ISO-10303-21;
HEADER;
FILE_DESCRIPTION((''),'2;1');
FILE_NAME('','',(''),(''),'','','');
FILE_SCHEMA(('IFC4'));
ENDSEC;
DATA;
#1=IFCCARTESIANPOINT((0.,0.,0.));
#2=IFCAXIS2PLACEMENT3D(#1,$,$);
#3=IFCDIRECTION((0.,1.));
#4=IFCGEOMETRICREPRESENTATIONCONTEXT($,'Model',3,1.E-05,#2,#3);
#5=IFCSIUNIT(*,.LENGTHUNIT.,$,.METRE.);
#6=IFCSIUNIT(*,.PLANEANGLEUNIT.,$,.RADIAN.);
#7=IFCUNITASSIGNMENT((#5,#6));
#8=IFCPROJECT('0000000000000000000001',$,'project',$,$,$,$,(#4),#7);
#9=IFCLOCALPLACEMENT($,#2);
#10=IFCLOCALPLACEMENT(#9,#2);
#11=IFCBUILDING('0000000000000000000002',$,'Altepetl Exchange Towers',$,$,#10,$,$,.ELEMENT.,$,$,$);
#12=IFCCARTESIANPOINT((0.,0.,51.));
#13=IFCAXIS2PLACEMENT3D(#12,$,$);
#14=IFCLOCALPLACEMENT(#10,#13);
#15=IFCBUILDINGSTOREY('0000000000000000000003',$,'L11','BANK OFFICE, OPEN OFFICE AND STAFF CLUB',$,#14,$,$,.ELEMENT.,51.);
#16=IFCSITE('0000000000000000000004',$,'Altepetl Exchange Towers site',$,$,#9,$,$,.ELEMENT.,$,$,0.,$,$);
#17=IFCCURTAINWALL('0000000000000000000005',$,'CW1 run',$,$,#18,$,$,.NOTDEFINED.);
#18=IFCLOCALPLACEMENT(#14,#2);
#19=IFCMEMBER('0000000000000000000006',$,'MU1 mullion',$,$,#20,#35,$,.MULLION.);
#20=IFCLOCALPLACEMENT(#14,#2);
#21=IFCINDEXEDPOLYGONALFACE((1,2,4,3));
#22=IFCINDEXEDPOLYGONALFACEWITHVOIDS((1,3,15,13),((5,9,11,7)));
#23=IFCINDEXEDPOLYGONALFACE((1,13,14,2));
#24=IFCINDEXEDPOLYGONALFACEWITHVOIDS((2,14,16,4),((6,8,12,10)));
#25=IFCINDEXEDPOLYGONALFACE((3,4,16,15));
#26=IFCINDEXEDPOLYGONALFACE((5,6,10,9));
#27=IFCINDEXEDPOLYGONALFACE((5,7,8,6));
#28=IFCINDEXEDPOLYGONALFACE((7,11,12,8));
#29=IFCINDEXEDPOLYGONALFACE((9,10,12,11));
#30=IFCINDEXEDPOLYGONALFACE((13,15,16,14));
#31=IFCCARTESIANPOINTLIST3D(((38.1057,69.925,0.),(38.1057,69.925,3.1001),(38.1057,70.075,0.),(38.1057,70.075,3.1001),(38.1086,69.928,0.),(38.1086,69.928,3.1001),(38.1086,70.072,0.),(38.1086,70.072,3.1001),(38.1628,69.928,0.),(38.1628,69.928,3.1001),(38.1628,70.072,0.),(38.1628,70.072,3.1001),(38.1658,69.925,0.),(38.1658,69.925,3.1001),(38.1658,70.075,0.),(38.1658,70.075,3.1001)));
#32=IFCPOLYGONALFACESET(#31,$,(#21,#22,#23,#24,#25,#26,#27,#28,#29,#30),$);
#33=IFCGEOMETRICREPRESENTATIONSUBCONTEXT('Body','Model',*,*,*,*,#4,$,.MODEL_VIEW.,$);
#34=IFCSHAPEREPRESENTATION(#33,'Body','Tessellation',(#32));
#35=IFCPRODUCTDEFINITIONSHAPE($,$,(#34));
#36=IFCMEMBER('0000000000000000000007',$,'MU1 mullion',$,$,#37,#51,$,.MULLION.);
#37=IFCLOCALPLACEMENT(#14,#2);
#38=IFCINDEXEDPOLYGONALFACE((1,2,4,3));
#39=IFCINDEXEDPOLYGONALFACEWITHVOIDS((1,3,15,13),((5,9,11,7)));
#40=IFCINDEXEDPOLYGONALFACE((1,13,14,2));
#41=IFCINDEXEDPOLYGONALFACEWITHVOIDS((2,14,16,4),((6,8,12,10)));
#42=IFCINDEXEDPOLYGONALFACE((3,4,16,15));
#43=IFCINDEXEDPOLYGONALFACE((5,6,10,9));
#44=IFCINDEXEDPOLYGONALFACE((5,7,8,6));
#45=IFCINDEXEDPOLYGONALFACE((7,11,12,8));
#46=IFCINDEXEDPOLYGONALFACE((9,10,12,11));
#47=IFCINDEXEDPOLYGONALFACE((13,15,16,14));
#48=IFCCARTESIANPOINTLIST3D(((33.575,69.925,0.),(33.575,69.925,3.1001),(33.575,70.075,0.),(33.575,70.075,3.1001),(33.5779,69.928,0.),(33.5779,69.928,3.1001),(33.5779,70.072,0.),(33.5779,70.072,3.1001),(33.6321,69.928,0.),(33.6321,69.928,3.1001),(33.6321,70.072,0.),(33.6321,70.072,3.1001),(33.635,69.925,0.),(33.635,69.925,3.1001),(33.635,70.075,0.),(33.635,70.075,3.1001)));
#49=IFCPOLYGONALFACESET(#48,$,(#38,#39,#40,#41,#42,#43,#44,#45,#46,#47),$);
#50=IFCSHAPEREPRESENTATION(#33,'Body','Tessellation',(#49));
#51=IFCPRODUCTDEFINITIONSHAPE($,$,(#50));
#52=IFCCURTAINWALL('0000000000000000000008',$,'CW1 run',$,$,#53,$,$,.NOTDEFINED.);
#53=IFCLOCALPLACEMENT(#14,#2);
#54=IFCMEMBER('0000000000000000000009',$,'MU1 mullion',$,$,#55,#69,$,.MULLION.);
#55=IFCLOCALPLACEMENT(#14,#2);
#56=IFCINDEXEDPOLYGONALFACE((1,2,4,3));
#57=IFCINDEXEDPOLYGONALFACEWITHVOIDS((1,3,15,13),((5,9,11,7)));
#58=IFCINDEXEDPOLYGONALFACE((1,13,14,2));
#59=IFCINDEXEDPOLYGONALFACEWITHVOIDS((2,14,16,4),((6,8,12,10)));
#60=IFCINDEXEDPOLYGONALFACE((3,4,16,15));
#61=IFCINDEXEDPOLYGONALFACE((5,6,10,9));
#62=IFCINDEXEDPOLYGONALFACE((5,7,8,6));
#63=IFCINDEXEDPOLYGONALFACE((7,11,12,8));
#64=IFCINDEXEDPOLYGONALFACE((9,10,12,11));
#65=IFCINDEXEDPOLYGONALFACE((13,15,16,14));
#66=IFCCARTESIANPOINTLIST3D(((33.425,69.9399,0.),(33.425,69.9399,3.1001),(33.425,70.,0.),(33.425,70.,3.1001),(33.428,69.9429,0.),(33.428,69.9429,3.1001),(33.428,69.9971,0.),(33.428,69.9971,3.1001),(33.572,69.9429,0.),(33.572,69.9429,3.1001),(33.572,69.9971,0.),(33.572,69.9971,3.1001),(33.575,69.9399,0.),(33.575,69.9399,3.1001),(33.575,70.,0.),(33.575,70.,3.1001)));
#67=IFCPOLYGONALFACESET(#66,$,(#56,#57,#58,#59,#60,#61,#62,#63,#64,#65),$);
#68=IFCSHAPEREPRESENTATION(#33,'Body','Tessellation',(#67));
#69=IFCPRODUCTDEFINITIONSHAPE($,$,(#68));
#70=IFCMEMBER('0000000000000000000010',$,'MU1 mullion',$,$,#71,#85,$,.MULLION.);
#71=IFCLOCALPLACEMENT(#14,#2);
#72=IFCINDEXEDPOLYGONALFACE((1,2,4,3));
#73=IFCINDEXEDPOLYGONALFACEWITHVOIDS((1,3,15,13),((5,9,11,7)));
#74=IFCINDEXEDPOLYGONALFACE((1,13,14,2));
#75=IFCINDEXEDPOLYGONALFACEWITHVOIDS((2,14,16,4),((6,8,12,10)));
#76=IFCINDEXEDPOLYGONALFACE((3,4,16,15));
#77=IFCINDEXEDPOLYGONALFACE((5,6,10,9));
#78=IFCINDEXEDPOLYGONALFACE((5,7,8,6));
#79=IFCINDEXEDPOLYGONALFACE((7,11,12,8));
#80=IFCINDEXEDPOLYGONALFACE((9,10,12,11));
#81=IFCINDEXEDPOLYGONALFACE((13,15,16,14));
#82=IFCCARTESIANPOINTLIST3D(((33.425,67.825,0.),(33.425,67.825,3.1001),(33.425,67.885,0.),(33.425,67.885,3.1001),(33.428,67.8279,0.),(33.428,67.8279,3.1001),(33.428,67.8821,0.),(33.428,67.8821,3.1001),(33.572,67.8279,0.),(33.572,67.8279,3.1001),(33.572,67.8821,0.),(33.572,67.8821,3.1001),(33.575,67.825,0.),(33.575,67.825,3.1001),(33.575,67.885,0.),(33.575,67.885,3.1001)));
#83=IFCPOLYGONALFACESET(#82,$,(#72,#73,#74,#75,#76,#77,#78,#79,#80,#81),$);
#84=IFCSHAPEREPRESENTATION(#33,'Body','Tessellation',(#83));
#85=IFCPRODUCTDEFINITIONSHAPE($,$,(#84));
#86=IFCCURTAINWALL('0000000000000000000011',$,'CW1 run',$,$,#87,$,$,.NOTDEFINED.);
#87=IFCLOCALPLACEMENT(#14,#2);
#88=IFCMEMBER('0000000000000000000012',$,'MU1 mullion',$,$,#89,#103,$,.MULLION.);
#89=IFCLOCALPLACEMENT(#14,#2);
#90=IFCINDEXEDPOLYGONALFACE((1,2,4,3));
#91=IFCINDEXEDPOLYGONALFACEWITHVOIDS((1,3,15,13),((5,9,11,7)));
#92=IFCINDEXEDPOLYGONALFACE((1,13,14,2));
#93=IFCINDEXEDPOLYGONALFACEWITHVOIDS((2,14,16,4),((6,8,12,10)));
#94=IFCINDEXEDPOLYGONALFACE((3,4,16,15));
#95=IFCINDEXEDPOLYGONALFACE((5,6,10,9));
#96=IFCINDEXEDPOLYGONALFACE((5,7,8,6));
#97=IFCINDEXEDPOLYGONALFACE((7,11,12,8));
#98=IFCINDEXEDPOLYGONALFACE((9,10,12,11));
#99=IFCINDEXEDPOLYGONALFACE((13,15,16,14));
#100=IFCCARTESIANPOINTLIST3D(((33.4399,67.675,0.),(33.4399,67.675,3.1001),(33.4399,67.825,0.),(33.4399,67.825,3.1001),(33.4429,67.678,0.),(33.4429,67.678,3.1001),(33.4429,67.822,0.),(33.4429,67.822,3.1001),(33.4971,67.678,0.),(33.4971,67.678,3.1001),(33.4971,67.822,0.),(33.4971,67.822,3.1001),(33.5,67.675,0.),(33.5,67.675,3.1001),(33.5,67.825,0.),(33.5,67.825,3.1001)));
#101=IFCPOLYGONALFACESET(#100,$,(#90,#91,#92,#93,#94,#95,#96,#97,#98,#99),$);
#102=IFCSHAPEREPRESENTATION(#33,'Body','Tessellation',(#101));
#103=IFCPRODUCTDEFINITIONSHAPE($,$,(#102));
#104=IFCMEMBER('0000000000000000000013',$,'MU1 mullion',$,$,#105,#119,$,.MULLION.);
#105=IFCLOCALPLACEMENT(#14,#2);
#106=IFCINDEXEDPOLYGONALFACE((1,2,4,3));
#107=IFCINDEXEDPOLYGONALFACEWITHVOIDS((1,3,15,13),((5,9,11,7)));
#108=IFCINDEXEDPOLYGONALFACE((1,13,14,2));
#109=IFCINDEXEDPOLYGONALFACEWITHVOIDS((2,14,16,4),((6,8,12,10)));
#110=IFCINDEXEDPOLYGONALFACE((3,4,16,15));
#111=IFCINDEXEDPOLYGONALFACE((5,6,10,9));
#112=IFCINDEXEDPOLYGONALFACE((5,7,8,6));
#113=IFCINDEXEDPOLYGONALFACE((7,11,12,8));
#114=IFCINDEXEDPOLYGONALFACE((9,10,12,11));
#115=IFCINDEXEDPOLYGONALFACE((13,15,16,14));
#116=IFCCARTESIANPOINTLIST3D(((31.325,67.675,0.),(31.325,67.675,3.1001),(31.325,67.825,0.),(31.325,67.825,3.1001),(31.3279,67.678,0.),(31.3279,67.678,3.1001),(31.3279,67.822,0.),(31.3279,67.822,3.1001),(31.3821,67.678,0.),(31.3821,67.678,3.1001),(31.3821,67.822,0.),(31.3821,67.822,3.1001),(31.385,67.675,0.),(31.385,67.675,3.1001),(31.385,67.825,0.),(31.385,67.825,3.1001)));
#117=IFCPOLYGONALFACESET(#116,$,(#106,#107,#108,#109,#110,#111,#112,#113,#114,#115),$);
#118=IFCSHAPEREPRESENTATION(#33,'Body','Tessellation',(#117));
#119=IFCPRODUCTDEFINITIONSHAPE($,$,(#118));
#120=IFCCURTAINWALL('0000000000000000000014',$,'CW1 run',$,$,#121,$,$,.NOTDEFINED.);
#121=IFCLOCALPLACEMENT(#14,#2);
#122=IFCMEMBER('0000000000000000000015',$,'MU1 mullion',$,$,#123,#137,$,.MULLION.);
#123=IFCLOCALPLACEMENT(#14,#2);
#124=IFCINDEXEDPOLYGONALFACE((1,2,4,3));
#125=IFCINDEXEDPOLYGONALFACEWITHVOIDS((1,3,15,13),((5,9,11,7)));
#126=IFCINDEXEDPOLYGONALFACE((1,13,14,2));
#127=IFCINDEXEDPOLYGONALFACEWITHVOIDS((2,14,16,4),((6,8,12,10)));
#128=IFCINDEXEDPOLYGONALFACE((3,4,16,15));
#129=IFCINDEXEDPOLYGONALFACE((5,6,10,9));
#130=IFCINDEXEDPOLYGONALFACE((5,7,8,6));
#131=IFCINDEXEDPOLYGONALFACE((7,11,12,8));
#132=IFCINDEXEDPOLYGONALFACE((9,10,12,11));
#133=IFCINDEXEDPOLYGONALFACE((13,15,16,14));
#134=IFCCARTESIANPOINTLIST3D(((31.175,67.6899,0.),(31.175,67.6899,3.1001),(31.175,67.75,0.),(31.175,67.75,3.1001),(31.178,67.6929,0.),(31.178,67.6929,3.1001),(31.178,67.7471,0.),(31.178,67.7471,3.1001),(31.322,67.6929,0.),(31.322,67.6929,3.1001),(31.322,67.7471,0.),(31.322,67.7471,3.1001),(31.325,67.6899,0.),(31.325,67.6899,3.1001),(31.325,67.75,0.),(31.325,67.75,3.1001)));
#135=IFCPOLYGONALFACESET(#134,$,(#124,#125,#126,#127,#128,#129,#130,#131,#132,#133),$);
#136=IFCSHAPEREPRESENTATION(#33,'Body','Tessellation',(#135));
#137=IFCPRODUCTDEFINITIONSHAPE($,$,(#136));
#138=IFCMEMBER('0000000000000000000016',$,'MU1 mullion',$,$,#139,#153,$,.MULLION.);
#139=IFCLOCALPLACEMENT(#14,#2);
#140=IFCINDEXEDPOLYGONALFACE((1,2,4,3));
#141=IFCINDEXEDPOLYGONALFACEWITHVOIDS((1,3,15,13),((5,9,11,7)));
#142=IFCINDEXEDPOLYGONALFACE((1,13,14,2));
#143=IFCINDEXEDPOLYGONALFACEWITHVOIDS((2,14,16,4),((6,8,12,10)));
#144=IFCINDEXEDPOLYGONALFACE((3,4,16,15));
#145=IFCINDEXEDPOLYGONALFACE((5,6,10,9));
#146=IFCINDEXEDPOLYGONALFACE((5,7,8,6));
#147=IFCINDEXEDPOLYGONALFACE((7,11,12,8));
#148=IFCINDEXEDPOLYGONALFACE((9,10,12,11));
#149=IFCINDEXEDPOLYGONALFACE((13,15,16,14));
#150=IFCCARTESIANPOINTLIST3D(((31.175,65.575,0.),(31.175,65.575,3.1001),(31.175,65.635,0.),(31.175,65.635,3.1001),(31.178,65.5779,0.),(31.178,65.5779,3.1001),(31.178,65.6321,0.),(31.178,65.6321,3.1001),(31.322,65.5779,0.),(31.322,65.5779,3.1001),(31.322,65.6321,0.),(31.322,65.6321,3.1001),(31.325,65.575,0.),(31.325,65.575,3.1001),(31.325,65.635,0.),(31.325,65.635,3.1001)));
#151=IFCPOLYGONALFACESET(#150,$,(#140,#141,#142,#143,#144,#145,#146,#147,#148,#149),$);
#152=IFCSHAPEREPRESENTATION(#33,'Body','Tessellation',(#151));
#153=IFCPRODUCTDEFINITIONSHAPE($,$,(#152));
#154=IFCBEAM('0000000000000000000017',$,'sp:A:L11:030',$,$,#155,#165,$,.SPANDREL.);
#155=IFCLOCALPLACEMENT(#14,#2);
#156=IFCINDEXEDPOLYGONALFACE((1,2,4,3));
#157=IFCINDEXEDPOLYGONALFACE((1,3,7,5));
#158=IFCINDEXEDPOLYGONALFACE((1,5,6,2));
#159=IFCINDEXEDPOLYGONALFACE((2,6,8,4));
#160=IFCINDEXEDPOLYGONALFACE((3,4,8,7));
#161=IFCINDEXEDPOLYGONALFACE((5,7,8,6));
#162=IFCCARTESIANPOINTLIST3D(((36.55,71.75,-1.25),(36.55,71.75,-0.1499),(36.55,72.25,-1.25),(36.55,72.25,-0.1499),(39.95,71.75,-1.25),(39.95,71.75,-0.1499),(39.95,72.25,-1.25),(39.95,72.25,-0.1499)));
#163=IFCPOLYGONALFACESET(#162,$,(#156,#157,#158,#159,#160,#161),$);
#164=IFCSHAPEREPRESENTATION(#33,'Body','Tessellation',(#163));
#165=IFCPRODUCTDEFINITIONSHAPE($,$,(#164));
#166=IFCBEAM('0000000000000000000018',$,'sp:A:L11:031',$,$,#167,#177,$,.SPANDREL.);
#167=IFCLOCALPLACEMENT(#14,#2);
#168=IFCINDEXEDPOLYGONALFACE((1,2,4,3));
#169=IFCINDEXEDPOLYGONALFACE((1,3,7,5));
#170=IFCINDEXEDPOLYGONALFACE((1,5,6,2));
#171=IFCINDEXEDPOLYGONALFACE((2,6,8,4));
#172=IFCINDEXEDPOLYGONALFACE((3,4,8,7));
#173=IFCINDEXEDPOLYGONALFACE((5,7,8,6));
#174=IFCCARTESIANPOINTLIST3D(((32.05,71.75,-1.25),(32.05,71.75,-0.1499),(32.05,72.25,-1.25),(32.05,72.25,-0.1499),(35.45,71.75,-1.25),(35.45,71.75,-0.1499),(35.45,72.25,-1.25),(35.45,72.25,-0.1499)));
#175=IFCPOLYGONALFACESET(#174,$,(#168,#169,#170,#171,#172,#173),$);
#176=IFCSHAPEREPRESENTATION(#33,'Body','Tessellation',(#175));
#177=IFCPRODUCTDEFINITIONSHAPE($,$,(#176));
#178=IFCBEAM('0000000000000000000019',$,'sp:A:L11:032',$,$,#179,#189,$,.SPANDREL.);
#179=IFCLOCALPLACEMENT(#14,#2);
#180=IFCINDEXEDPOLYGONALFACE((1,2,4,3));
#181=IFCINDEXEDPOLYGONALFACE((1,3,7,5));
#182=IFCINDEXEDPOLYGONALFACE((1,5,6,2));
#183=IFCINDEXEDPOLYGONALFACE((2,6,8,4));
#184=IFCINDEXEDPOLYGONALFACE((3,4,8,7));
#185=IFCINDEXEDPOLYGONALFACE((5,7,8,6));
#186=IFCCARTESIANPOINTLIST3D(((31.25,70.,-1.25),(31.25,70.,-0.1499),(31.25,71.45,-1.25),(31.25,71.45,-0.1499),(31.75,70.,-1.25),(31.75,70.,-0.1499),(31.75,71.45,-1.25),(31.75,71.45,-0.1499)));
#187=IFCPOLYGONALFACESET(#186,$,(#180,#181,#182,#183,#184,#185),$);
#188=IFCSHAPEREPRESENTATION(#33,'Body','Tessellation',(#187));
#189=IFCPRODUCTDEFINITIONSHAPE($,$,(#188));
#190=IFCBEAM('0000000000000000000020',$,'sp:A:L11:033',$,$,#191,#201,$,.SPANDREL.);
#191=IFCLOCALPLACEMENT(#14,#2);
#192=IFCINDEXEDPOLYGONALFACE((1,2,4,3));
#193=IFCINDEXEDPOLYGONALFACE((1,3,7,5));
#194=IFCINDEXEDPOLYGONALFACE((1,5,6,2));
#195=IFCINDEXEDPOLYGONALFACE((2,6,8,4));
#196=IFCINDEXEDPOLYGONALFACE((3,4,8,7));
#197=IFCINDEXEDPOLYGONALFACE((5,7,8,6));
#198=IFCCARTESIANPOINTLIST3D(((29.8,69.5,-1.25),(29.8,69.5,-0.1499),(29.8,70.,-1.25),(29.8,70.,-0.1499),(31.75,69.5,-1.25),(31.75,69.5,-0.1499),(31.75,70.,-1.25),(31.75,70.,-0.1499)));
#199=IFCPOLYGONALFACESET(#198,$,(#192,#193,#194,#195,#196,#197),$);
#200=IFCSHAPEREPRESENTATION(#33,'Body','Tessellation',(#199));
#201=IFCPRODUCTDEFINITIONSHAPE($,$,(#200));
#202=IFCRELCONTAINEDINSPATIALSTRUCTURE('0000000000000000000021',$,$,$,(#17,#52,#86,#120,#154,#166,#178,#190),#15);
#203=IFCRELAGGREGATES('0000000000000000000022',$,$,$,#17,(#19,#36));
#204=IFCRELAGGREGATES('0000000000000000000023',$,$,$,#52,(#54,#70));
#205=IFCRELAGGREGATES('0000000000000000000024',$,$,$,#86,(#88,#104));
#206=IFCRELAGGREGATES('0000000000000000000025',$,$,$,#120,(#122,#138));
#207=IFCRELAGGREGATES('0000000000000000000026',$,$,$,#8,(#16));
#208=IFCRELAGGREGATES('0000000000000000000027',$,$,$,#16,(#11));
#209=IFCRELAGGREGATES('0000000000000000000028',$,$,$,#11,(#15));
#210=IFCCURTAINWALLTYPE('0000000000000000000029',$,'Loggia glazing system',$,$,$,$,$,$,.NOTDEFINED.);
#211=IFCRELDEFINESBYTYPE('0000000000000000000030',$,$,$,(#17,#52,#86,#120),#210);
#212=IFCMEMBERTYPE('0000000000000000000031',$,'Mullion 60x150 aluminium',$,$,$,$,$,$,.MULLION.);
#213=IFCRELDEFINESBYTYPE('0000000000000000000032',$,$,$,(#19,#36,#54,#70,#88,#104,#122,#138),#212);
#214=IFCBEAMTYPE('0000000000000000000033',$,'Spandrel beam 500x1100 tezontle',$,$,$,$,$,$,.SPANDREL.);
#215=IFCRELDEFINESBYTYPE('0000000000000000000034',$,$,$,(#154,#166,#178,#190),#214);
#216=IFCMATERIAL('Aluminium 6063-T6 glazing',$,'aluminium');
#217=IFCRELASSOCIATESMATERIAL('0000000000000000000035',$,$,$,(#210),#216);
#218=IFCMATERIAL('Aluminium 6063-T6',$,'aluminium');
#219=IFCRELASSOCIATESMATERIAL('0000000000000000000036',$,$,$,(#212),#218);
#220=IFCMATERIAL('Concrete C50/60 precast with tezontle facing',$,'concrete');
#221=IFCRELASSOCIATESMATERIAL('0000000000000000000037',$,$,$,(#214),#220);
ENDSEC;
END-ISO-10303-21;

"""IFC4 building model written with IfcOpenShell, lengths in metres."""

from ifc_helpers import new_model, si_unit, direction, frame, origin, origin_2d, place, context, subcontext, project, spatial, rectangle, hollow_rectangle, extrude, material, material_profile, profile_set, type_object, element, aggregate, save


model = new_model("IFC4")

# Units and contexts
model_context = context("Model", 3, precision=1e-05, world=origin(), true_north=direction((0.0, 1.0)))
body_context = subcontext(model_context, "Body", "Model", "MODEL_VIEW")
ifc_project = project(units=[si_unit("LENGTHUNIT", "METRE"), si_unit("PLANEANGLEUNIT", "RADIAN")], contexts=[model_context])

# Site, building, storey
site_placement = place(None, origin())
site = spatial("IfcSite", under=ifc_project, at=site_placement, Name="Altepetl Exchange Towers site", CompositionType="ELEMENT", RefElevation=0.0)
building_placement = place(site_placement, origin())
building = spatial("IfcBuilding", under=site, at=building_placement, Name="Altepetl Exchange Towers", CompositionType="ELEMENT")
storey_placement = place(building_placement, frame((0.0, 0.0, 51.0)))
storey = spatial("IfcBuildingStorey", under=building, at=storey_placement, Name="L11", Description="BANK OFFICE, OPEN OFFICE AND STAFF CLUB", CompositionType="ELEMENT", Elevation=51.0)

# Shared definitions
ifc_material_1 = material(Name="Aluminium 6063-T6 glazing", Category="aluminium")
curtain_wall_type = type_object("IfcCurtainWallType", Name="Loggia glazing system", PredefinedType="NOTDEFINED", material=ifc_material_1)
ifc_material_2 = material(Name="Aluminium 6063-T6", Category="aluminium")
ifc_material_profile_1 = material_profile(ifc_material_2, hollow_rectangle(XDim=0.0601, YDim=0.1499, WallThickness=0.0029, at=origin_2d()), Name="Mullion 60x150 aluminium")
ifc_profile_set_1 = profile_set([ifc_material_profile_1], Name="Aluminium 6063-T6")
member_type = type_object("IfcMemberType", Name="Mullion 60x150 aluminium", PredefinedType="MULLION", material=ifc_profile_set_1)

# Curtain walls, members
curtain_wall_1_placement = place(storey_placement, origin())
curtain_wall_1 = element("IfcCurtainWall", 1, at=curtain_wall_1_placement, inside=storey, type_object=curtain_wall_type, Name="CW1 run", PredefinedType="NOTDEFINED")
member_1_placement = place(storey_placement, frame((38.1357, 70.0, 0.0), z_axis=(0.0, 0.0, 1.0), x_axis=(-1.0, 0.0, 0.0)))
member_1 = element("IfcMember", 2, at=member_1_placement, type_object=member_type, Name="MU1 mullion", PredefinedType="MULLION", context=body_context, shape_type="SweptSolid", body=[
    extrude(hollow_rectangle(XDim=0.0601, YDim=0.1499, WallThickness=0.0029, at=origin_2d()), origin(), (0.0, 0.0, 1.0), 3.1001),
])
member_2_placement = place(storey_placement, frame((33.605, 70.0, 0.0), z_axis=(0.0, 0.0, 1.0), x_axis=(-1.0, 0.0, 0.0)))
member_2 = element("IfcMember", 3, at=member_2_placement, type_object=member_type, Name="MU1 mullion", PredefinedType="MULLION", context=body_context, shape_type="SweptSolid", body=[
    extrude(hollow_rectangle(XDim=0.0601, YDim=0.1499, WallThickness=0.0029, at=origin_2d()), origin(), (0.0, 0.0, 1.0), 3.1001),
])
curtain_wall_2_placement = place(storey_placement, origin())
curtain_wall_2 = element("IfcCurtainWall", 4, at=curtain_wall_2_placement, inside=storey, type_object=curtain_wall_type, Name="CW1 run", PredefinedType="NOTDEFINED")
member_3_placement = place(storey_placement, frame((33.5, 69.97, 0.0), z_axis=(0.0, 0.0, 1.0), x_axis=(0.0, -1.0, 0.0)))
member_3 = element("IfcMember", 5, at=member_3_placement, type_object=member_type, Name="MU1 mullion", PredefinedType="MULLION", context=body_context, shape_type="SweptSolid", body=[
    extrude(hollow_rectangle(XDim=0.0601, YDim=0.1499, WallThickness=0.0029, at=origin_2d()), origin(), (0.0, 0.0, 1.0), 3.1001),
])
member_4_placement = place(storey_placement, frame((33.5, 67.855, 0.0), z_axis=(0.0, 0.0, 1.0), x_axis=(0.0, -1.0, 0.0)))
member_4 = element("IfcMember", 6, at=member_4_placement, type_object=member_type, Name="MU1 mullion", PredefinedType="MULLION", context=body_context, shape_type="SweptSolid", body=[
    extrude(hollow_rectangle(XDim=0.0601, YDim=0.1499, WallThickness=0.0029, at=origin_2d()), origin(), (0.0, 0.0, 1.0), 3.1001),
])
curtain_wall_3_placement = place(storey_placement, origin())
curtain_wall_3 = element("IfcCurtainWall", 7, at=curtain_wall_3_placement, inside=storey, type_object=curtain_wall_type, Name="CW1 run", PredefinedType="NOTDEFINED")
member_5_placement = place(storey_placement, frame((33.47, 67.75, 0.0), z_axis=(0.0, 0.0, 1.0), x_axis=(-1.0, 0.0, 0.0)))
member_5 = element("IfcMember", 8, at=member_5_placement, type_object=member_type, Name="MU1 mullion", PredefinedType="MULLION", context=body_context, shape_type="SweptSolid", body=[
    extrude(hollow_rectangle(XDim=0.0601, YDim=0.1499, WallThickness=0.0029, at=origin_2d()), origin(), (0.0, 0.0, 1.0), 3.1001),
])
member_6_placement = place(storey_placement, frame((31.355, 67.75, 0.0), z_axis=(0.0, 0.0, 1.0), x_axis=(-1.0, 0.0, 0.0)))
member_6 = element("IfcMember", 9, at=member_6_placement, type_object=member_type, Name="MU1 mullion", PredefinedType="MULLION", context=body_context, shape_type="SweptSolid", body=[
    extrude(hollow_rectangle(XDim=0.0601, YDim=0.1499, WallThickness=0.0029, at=origin_2d()), origin(), (0.0, 0.0, 1.0), 3.1001),
])
curtain_wall_4_placement = place(storey_placement, origin())
curtain_wall_4 = element("IfcCurtainWall", 10, at=curtain_wall_4_placement, inside=storey, type_object=curtain_wall_type, Name="CW1 run", PredefinedType="NOTDEFINED")
member_7_placement = place(storey_placement, frame((31.25, 67.72, 0.0), z_axis=(0.0, 0.0, 1.0), x_axis=(0.0, -1.0, 0.0)))
member_7 = element("IfcMember", 11, at=member_7_placement, type_object=member_type, Name="MU1 mullion", PredefinedType="MULLION", context=body_context, shape_type="SweptSolid", body=[
    extrude(hollow_rectangle(XDim=0.0601, YDim=0.1499, WallThickness=0.0029, at=origin_2d()), origin(), (0.0, 0.0, 1.0), 3.1001),
])
member_8_placement = place(storey_placement, frame((31.25, 65.605, 0.0), z_axis=(0.0, 0.0, 1.0), x_axis=(0.0, -1.0, 0.0)))
member_8 = element("IfcMember", 12, at=member_8_placement, type_object=member_type, Name="MU1 mullion", PredefinedType="MULLION", context=body_context, shape_type="SweptSolid", body=[
    extrude(hollow_rectangle(XDim=0.0601, YDim=0.1499, WallThickness=0.0029, at=origin_2d()), origin(), (0.0, 0.0, 1.0), 3.1001),
])

# Beams
ifc_material_3 = material(Name="Concrete C50/60 precast with tezontle facing", Category="concrete")
ifc_material_profile_2 = material_profile(ifc_material_3, rectangle(XDim=0.5, YDim=1.1001, at=origin_2d()), Name="500 x 1100")
ifc_profile_set_2 = profile_set([ifc_material_profile_2], Name="Concrete C50/60 precast with tezontle facing")
beam_type_1 = type_object("IfcBeamType", Name="Spandrel beam 500x1100 tezontle", PredefinedType="SPANDREL", material=ifc_profile_set_2)
for number, where, z_axis, x_axis, name in (
    (13, (39.95, 72.0, -0.7), (-1.0, 0.0, 0.0), (0.0, -1.0, 0.0), "sp:A:L11:030"),
    (14, (35.45, 72.0, -0.7), (-1.0, 0.0, 0.0), (0.0, -1.0, 0.0), "sp:A:L11:031"),
):
    element("IfcBeam", number, at=place(storey_placement, frame(where, z_axis=z_axis, x_axis=x_axis)), inside=storey, type_object=beam_type_1, Name=name, PredefinedType="SPANDREL", context=body_context, shape_type="SweptSolid", body=[
        extrude(rectangle(XDim=0.5, YDim=1.1001, at=origin_2d()), origin(), (0.0, 0.0, 1.0), 3.3999),
    ])
beam_1_placement = place(storey_placement, frame((31.5, 71.45, -0.7), z_axis=(0.0, -1.0, 0.0), x_axis=(1.0, 0.0, 0.0)))
element("IfcBeam", 15, at=beam_1_placement, inside=storey, type_object=beam_type_1, Name="sp:A:L11:032", PredefinedType="SPANDREL", context=body_context, shape_type="SweptSolid", body=[
    extrude(rectangle(XDim=0.5, YDim=1.1001, at=origin_2d()), origin(), (0.0, 0.0, 1.0), 1.45),
])
beam_2_placement = place(storey_placement, frame((31.75, 69.75, -0.7), z_axis=(-1.0, 0.0, 0.0), x_axis=(0.0, -1.0, 0.0)))
element("IfcBeam", 16, at=beam_2_placement, inside=storey, type_object=beam_type_1, Name="sp:A:L11:033", PredefinedType="SPANDREL", context=body_context, shape_type="SweptSolid", body=[
    extrude(rectangle(XDim=0.5, YDim=1.1001, at=origin_2d()), origin(), (0.0, 0.0, 1.0), 1.95),
])

aggregate(curtain_wall_1, [member_1, member_2])
aggregate(curtain_wall_2, [member_3, member_4])
aggregate(curtain_wall_3, [member_5, member_6])
aggregate(curtain_wall_4, [member_7, member_8])

save(model, "model.ifc")
